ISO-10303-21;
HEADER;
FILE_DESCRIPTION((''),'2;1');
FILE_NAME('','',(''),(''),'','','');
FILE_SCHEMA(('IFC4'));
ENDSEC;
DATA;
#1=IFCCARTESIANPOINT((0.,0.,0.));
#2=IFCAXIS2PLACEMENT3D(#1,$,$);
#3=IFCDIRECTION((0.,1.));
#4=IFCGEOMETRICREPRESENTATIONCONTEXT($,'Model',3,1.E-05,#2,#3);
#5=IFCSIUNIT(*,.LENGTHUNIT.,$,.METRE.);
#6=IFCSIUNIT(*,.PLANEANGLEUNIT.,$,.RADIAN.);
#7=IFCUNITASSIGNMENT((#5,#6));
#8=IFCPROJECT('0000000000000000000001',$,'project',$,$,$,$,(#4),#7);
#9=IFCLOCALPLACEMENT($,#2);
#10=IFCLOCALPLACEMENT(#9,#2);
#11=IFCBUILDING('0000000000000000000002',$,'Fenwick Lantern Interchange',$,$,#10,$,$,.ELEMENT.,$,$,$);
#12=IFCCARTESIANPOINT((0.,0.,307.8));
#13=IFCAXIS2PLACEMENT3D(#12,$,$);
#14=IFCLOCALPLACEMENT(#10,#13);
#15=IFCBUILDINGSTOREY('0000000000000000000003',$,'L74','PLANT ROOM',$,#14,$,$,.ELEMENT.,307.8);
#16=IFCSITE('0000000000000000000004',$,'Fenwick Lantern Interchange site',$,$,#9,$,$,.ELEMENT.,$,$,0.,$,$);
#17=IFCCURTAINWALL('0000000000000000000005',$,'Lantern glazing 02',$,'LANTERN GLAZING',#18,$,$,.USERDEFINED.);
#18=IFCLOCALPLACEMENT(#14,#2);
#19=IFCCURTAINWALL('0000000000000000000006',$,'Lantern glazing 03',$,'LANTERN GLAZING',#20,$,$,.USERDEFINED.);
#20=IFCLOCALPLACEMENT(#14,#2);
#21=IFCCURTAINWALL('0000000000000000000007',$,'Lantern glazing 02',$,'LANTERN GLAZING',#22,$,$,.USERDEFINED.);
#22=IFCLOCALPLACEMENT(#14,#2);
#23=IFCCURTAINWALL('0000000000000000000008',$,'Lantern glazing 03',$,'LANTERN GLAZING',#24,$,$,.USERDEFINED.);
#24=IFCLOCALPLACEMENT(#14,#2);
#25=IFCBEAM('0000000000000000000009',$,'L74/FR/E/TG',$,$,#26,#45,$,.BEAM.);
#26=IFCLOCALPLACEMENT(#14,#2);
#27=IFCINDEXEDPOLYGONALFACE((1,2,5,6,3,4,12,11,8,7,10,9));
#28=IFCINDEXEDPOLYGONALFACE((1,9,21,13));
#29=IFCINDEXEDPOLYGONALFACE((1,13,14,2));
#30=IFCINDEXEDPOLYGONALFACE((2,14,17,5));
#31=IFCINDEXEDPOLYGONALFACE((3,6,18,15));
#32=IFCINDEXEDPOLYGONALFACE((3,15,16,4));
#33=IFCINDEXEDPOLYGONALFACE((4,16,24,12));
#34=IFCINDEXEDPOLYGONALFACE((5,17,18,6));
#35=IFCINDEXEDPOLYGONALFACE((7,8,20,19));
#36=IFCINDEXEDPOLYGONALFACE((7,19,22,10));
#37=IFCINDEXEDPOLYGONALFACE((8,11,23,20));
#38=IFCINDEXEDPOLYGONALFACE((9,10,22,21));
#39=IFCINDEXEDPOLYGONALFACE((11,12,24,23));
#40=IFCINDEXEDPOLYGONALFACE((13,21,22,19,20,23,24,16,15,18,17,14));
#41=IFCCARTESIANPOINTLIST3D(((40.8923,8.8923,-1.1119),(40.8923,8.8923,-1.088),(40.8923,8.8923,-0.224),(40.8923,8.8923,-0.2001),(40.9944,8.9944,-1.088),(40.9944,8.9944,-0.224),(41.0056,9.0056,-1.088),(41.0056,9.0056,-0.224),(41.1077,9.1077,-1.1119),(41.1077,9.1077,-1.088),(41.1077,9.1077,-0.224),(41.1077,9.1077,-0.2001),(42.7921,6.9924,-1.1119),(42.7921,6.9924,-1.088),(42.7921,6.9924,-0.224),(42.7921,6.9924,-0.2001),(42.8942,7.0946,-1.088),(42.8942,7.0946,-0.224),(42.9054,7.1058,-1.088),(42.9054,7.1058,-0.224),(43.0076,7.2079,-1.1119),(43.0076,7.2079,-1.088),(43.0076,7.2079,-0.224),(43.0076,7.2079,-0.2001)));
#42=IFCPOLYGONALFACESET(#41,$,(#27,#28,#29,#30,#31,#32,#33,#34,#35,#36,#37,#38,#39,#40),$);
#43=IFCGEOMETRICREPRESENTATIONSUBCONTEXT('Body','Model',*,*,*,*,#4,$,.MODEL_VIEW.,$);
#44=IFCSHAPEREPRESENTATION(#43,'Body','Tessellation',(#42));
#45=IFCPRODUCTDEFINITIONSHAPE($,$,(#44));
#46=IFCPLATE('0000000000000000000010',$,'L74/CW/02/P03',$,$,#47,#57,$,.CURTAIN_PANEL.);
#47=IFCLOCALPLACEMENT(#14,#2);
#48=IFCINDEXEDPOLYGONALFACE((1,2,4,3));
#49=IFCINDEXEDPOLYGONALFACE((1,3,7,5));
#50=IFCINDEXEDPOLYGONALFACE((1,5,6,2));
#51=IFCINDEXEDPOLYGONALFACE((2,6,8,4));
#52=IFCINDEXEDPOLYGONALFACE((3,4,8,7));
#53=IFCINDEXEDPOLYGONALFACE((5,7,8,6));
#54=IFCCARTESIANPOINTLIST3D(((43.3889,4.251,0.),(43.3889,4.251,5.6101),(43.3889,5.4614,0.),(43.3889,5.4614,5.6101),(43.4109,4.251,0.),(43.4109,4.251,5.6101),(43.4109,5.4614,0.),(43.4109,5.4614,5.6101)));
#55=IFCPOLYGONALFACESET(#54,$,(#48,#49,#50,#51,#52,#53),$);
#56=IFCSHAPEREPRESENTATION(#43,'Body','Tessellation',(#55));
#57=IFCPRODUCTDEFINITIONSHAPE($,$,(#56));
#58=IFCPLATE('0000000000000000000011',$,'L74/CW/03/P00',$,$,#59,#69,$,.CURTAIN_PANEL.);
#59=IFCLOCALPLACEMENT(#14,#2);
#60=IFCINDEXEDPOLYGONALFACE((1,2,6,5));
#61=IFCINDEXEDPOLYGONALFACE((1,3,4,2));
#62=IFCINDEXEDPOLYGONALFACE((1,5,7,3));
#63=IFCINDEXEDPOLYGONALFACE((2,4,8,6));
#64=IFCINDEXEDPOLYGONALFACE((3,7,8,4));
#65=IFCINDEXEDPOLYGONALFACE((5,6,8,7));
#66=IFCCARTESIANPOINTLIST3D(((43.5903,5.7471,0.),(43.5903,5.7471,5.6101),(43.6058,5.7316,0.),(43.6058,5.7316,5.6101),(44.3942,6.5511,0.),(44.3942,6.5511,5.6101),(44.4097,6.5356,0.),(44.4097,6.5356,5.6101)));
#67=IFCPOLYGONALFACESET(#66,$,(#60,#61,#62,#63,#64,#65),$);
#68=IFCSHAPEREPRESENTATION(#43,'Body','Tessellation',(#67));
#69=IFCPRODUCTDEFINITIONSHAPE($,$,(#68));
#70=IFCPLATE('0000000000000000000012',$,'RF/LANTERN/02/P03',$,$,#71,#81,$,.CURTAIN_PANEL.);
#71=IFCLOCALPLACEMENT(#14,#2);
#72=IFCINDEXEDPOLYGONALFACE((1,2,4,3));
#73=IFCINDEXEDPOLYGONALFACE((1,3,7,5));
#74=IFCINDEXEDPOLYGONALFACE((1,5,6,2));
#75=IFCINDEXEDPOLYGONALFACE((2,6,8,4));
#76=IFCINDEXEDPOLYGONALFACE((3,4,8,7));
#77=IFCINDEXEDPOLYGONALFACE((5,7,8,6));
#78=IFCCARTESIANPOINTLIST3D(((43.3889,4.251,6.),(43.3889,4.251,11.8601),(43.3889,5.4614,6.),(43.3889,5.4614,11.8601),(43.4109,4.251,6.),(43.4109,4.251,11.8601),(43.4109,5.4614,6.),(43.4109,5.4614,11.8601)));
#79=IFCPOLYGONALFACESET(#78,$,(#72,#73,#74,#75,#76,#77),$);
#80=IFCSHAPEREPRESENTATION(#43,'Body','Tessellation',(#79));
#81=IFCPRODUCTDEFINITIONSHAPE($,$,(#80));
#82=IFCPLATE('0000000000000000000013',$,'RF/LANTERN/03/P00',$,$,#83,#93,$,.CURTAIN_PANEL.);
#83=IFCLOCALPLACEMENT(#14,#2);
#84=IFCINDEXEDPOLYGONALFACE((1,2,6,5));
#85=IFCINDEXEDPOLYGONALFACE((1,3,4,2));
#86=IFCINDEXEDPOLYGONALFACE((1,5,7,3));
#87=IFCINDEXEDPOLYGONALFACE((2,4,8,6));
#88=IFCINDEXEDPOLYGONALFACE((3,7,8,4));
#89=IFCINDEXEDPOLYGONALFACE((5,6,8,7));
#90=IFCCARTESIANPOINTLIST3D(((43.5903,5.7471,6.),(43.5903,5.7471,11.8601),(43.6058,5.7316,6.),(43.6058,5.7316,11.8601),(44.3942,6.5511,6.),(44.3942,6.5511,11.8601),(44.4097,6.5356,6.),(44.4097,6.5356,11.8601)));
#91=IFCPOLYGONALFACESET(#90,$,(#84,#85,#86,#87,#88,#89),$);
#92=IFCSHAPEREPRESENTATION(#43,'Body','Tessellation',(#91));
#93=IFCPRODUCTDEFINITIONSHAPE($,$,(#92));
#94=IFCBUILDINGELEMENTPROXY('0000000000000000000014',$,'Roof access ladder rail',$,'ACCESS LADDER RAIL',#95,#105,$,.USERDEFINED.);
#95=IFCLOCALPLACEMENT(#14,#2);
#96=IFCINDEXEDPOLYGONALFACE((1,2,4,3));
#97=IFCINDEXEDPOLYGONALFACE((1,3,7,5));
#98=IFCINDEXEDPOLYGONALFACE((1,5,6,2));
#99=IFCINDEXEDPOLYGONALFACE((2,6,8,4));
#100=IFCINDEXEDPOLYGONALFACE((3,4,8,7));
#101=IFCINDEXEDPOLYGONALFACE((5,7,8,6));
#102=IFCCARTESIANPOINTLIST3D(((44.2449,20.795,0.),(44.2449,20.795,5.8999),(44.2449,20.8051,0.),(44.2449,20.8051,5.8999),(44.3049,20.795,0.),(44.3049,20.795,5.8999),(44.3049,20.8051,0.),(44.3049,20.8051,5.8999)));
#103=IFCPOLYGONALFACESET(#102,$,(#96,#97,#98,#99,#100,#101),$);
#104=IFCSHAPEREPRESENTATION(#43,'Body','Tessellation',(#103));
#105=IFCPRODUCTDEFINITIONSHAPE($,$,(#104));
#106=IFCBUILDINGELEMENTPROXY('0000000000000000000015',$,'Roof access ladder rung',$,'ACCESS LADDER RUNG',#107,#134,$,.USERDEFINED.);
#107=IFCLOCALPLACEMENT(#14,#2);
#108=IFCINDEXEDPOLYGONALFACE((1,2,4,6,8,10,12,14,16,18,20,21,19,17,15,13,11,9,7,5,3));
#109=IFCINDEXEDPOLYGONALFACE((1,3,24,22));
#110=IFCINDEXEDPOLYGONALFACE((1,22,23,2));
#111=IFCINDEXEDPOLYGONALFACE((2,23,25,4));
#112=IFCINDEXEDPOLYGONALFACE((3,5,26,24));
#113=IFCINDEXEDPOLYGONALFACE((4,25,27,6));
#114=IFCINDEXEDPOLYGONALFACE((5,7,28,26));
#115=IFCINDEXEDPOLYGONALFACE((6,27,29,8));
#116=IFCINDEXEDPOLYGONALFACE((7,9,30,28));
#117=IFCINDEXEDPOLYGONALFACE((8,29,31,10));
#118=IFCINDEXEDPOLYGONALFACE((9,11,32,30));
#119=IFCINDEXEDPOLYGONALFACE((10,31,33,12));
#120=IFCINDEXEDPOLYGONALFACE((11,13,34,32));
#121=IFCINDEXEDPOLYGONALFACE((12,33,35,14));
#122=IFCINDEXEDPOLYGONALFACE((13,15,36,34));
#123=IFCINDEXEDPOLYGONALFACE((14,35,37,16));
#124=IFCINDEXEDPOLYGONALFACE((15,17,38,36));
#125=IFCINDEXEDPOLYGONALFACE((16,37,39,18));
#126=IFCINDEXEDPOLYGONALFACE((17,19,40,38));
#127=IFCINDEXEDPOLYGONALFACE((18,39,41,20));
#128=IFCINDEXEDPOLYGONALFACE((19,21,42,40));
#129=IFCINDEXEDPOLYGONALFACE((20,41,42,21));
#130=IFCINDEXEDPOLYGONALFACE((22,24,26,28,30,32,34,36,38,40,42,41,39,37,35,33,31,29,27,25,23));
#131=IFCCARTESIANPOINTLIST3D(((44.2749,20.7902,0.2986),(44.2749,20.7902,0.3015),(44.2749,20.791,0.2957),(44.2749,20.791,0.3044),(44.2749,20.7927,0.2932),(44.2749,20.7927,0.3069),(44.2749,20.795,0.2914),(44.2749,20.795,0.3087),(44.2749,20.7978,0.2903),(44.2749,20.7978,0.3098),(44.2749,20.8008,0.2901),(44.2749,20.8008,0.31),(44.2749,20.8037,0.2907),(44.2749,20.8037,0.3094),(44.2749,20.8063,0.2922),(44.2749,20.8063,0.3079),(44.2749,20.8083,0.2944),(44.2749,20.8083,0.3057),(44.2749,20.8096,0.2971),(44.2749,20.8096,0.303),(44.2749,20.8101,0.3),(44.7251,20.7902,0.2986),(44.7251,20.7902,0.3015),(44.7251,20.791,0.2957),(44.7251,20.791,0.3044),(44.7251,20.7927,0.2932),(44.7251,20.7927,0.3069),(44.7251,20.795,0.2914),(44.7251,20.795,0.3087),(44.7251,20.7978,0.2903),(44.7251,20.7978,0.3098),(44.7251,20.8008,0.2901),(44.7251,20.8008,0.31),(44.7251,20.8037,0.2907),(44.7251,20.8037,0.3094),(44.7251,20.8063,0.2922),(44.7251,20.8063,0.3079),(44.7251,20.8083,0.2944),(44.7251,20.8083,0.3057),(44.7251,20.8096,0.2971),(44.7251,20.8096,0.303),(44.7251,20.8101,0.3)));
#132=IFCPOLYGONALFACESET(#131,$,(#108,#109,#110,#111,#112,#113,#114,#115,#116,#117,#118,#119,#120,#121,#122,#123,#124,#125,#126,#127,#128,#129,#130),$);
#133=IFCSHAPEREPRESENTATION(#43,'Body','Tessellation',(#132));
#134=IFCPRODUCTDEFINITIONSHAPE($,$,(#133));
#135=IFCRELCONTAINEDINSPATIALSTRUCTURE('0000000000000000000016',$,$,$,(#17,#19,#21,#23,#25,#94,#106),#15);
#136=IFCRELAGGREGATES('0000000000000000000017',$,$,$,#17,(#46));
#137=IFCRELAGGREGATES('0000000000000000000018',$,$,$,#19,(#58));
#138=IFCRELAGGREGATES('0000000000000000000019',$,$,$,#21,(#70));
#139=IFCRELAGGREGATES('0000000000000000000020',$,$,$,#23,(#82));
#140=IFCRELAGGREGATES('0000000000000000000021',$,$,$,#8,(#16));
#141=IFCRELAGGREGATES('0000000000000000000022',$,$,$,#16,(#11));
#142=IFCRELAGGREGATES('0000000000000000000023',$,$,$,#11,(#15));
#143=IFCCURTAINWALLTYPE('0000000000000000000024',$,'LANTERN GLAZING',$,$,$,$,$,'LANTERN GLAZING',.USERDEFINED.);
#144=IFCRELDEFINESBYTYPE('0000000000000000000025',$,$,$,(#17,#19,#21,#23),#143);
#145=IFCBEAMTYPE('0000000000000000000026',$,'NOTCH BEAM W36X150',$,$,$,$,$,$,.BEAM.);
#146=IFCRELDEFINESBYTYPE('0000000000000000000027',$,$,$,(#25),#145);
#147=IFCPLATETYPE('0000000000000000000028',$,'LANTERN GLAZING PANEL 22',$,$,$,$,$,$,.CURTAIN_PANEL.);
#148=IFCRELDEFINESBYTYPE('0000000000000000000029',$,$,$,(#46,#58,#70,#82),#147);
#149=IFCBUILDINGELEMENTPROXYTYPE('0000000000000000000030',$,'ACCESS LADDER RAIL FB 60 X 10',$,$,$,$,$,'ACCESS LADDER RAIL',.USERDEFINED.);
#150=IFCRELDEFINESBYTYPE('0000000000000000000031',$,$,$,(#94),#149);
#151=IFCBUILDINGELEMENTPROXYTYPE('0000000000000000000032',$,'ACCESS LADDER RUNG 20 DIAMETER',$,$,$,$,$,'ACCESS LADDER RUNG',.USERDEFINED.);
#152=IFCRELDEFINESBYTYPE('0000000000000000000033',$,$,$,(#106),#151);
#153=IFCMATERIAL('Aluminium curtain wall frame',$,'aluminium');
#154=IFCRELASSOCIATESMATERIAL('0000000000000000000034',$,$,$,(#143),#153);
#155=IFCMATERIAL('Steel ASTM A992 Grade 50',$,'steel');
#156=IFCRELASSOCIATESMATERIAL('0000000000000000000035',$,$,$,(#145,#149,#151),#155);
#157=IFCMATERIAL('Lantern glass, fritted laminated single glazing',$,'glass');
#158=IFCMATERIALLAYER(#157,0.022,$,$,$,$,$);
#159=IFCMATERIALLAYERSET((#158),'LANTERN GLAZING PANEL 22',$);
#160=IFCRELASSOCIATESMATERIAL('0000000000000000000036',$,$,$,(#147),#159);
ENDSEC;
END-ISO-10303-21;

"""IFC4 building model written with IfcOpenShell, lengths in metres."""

from ifc_helpers import new_model, si_unit, direction, frame, origin, origin_2d, place, context, subcontext, project, spatial, rectangle, circle, i_section, extrude, material, layer, layer_set, material_profile, profile_set, type_object, element, aggregate, save


model = new_model("IFC4")

# Units and contexts
model_context = context("Model", 3, precision=1e-05, world=origin(), true_north=direction((0.0, 1.0)))
body_context = subcontext(model_context, "Body", "Model", "MODEL_VIEW")
ifc_project = project(units=[si_unit("LENGTHUNIT", "METRE"), si_unit("PLANEANGLEUNIT", "RADIAN")], contexts=[model_context])

# Site, building, storey
site_placement = place(None, origin())
site = spatial("IfcSite", under=ifc_project, at=site_placement, Name="Fenwick Lantern Interchange site", CompositionType="ELEMENT", RefElevation=0.0)
building_placement = place(site_placement, origin())
building = spatial("IfcBuilding", under=site, at=building_placement, Name="Fenwick Lantern Interchange", CompositionType="ELEMENT")
storey_placement = place(building_placement, frame((0.0, 0.0, 307.8)))
storey = spatial("IfcBuildingStorey", under=building, at=storey_placement, Name="L74", Description="PLANT ROOM", CompositionType="ELEMENT", Elevation=307.8)

# Shared definitions
ifc_material_1 = material(Name="Steel ASTM A992 Grade 50", Category="steel")

# Curtain walls
ifc_material_2 = material(Name="Aluminium curtain wall frame", Category="aluminium")
curtain_wall_type = type_object("IfcCurtainWallType", Name="LANTERN GLAZING", ElementType="LANTERN GLAZING", PredefinedType="USERDEFINED", material=ifc_material_2)
curtain_wall_1_placement = place(storey_placement, origin())
curtain_wall_1 = element("IfcCurtainWall", 1, at=curtain_wall_1_placement, inside=storey, type_object=curtain_wall_type, Name="Lantern glazing 02", ObjectType="LANTERN GLAZING", PredefinedType="USERDEFINED")
curtain_wall_2_placement = place(storey_placement, origin())
curtain_wall_2 = element("IfcCurtainWall", 2, at=curtain_wall_2_placement, inside=storey, type_object=curtain_wall_type, Name="Lantern glazing 03", ObjectType="LANTERN GLAZING", PredefinedType="USERDEFINED")
curtain_wall_3_placement = place(storey_placement, origin())
curtain_wall_3 = element("IfcCurtainWall", 3, at=curtain_wall_3_placement, inside=storey, type_object=curtain_wall_type, Name="Lantern glazing 02", ObjectType="LANTERN GLAZING", PredefinedType="USERDEFINED")
curtain_wall_4_placement = place(storey_placement, origin())
curtain_wall_4 = element("IfcCurtainWall", 4, at=curtain_wall_4_placement, inside=storey, type_object=curtain_wall_type, Name="Lantern glazing 03", ObjectType="LANTERN GLAZING", PredefinedType="USERDEFINED")

# Beam
ifc_material_profile_1 = material_profile(ifc_material_1, i_section(OverallWidth=0.3047, OverallDepth=0.9119, WebThickness=0.0159, FlangeThickness=0.0239, at=origin_2d()), Name="W36X150")
ifc_profile_set_1 = profile_set([ifc_material_profile_1], Name="Steel ASTM A992 Grade 50")
beam_type_1 = type_object("IfcBeamType", Name="NOTCH BEAM W36X150", PredefinedType="BEAM", material=ifc_profile_set_1)
beam_1_placement = place(storey_placement, frame((41.0, 9.0, -0.656), z_axis=(0.707107, -0.707107, 0.0), x_axis=(0.707107, 0.707107, 0.0)))
element("IfcBeam", 5, at=beam_1_placement, inside=storey, type_object=beam_type_1, Name="L74/FR/E/TG", PredefinedType="BEAM", context=body_context, shape_type="SweptSolid", body=[
    extrude(i_section(OverallWidth=0.3047, OverallDepth=0.9119, WebThickness=0.0159, FlangeThickness=0.0239, at=origin_2d()), origin(), (0.0, 0.0, 1.0), 2.6868),
])

# Plates
ifc_material_3 = material(Name="Lantern glass, fritted laminated single glazing", Category="glass")
ifc_layer = layer(ifc_material_3, 0.022)
ifc_layer_set = layer_set([ifc_layer], Name="LANTERN GLAZING PANEL 22")
plate_type = type_object("IfcPlateType", Name="LANTERN GLAZING PANEL 22", PredefinedType="CURTAIN_PANEL", material=ifc_layer_set)
plate_1_placement = place(storey_placement, frame((43.3999, 4.8562, 0.0), z_axis=(0.0, 0.0, 1.0), x_axis=(0.0, 1.0, 0.0)))
plate_1 = element("IfcPlate", 6, at=plate_1_placement, type_object=plate_type, Name="L74/CW/02/P03", PredefinedType="CURTAIN_PANEL", context=body_context, shape_type="SweptSolid", body=[
    extrude(rectangle(XDim=1.2104, YDim=0.022, at=origin_2d()), origin(), (0.0, 0.0, 1.0), 5.6101),
])
aggregate(curtain_wall_1, [plate_1])
plate_2_placement = place(storey_placement, frame((44.0, 6.1414, 0.0), z_axis=(0.0, 0.0, 1.0), x_axis=(0.707107, 0.707107, 0.0)))
plate_2 = element("IfcPlate", 7, at=plate_2_placement, type_object=plate_type, Name="L74/CW/03/P00", PredefinedType="CURTAIN_PANEL", context=body_context, shape_type="SweptSolid", body=[
    extrude(rectangle(XDim=1.137, YDim=0.022, at=origin_2d()), origin(), (0.0, 0.0, 1.0), 5.6101),
])
aggregate(curtain_wall_2, [plate_2])
plate_3_placement = place(storey_placement, frame((43.3999, 4.8562, 6.0), z_axis=(0.0, 0.0, 1.0), x_axis=(0.0, 1.0, 0.0)))
plate_3 = element("IfcPlate", 8, at=plate_3_placement, type_object=plate_type, Name="RF/LANTERN/02/P03", PredefinedType="CURTAIN_PANEL", context=body_context, shape_type="SweptSolid", body=[
    extrude(rectangle(XDim=1.2104, YDim=0.022, at=origin_2d()), origin(), (0.0, 0.0, 1.0), 5.8601),
])
aggregate(curtain_wall_3, [plate_3])
plate_4_placement = place(storey_placement, frame((44.0, 6.1414, 6.0), z_axis=(0.0, 0.0, 1.0), x_axis=(0.707107, 0.707107, 0.0)))
plate_4 = element("IfcPlate", 9, at=plate_4_placement, type_object=plate_type, Name="RF/LANTERN/03/P00", PredefinedType="CURTAIN_PANEL", context=body_context, shape_type="SweptSolid", body=[
    extrude(rectangle(XDim=1.137, YDim=0.022, at=origin_2d()), origin(), (0.0, 0.0, 1.0), 5.8601),
])
aggregate(curtain_wall_4, [plate_4])

# Building element proxies
ifc_material_profile_2 = material_profile(ifc_material_1, rectangle(XDim=0.0601, YDim=0.01, at=origin_2d()), Name="FB60X10")
ifc_profile_set_2 = profile_set([ifc_material_profile_2], Name="Steel ASTM A992 Grade 50")
building_element_proxy_type_1 = type_object("IfcBuildingElementProxyType", Name="ACCESS LADDER RAIL FB 60 X 10", ElementType="ACCESS LADDER RAIL", PredefinedType="USERDEFINED", material=ifc_profile_set_2)
proxy_1_placement = place(storey_placement, frame((44.2749, 20.8, 0.0), z_axis=(0.0, 0.0, 1.0), x_axis=(1.0, 0.0, 0.0)))
element("IfcBuildingElementProxy", 10, at=proxy_1_placement, inside=storey, type_object=building_element_proxy_type_1, Name="Roof access ladder rail", ObjectType="ACCESS LADDER RAIL", PredefinedType="USERDEFINED", context=body_context, shape_type="SweptSolid", body=[
    extrude(rectangle(XDim=0.0601, YDim=0.01, at=origin_2d()), origin(), (0.0, 0.0, 1.0), 5.8999),
])
ifc_material_profile_3 = material_profile(ifc_material_1, circle(Radius=0.01, at=origin_2d()), Name="RB20")
ifc_profile_set_3 = profile_set([ifc_material_profile_3], Name="Steel ASTM A992 Grade 50")
building_element_proxy_type_2 = type_object("IfcBuildingElementProxyType", Name="ACCESS LADDER RUNG 20 DIAMETER", ElementType="ACCESS LADDER RUNG", PredefinedType="USERDEFINED", material=ifc_profile_set_3)
proxy_2_placement = place(storey_placement, frame((44.2749, 20.8, 0.3), z_axis=(1.0, 0.0, 0.0), x_axis=(0.0, 1.0, 0.0)))
element("IfcBuildingElementProxy", 11, at=proxy_2_placement, inside=storey, type_object=building_element_proxy_type_2, Name="Roof access ladder rung", ObjectType="ACCESS LADDER RUNG", PredefinedType="USERDEFINED", context=body_context, shape_type="SweptSolid", body=[
    extrude(circle(Radius=0.01, at=origin_2d()), origin(), (0.0, 0.0, 1.0), 0.4502),
])

save(model, "model.ifc")
